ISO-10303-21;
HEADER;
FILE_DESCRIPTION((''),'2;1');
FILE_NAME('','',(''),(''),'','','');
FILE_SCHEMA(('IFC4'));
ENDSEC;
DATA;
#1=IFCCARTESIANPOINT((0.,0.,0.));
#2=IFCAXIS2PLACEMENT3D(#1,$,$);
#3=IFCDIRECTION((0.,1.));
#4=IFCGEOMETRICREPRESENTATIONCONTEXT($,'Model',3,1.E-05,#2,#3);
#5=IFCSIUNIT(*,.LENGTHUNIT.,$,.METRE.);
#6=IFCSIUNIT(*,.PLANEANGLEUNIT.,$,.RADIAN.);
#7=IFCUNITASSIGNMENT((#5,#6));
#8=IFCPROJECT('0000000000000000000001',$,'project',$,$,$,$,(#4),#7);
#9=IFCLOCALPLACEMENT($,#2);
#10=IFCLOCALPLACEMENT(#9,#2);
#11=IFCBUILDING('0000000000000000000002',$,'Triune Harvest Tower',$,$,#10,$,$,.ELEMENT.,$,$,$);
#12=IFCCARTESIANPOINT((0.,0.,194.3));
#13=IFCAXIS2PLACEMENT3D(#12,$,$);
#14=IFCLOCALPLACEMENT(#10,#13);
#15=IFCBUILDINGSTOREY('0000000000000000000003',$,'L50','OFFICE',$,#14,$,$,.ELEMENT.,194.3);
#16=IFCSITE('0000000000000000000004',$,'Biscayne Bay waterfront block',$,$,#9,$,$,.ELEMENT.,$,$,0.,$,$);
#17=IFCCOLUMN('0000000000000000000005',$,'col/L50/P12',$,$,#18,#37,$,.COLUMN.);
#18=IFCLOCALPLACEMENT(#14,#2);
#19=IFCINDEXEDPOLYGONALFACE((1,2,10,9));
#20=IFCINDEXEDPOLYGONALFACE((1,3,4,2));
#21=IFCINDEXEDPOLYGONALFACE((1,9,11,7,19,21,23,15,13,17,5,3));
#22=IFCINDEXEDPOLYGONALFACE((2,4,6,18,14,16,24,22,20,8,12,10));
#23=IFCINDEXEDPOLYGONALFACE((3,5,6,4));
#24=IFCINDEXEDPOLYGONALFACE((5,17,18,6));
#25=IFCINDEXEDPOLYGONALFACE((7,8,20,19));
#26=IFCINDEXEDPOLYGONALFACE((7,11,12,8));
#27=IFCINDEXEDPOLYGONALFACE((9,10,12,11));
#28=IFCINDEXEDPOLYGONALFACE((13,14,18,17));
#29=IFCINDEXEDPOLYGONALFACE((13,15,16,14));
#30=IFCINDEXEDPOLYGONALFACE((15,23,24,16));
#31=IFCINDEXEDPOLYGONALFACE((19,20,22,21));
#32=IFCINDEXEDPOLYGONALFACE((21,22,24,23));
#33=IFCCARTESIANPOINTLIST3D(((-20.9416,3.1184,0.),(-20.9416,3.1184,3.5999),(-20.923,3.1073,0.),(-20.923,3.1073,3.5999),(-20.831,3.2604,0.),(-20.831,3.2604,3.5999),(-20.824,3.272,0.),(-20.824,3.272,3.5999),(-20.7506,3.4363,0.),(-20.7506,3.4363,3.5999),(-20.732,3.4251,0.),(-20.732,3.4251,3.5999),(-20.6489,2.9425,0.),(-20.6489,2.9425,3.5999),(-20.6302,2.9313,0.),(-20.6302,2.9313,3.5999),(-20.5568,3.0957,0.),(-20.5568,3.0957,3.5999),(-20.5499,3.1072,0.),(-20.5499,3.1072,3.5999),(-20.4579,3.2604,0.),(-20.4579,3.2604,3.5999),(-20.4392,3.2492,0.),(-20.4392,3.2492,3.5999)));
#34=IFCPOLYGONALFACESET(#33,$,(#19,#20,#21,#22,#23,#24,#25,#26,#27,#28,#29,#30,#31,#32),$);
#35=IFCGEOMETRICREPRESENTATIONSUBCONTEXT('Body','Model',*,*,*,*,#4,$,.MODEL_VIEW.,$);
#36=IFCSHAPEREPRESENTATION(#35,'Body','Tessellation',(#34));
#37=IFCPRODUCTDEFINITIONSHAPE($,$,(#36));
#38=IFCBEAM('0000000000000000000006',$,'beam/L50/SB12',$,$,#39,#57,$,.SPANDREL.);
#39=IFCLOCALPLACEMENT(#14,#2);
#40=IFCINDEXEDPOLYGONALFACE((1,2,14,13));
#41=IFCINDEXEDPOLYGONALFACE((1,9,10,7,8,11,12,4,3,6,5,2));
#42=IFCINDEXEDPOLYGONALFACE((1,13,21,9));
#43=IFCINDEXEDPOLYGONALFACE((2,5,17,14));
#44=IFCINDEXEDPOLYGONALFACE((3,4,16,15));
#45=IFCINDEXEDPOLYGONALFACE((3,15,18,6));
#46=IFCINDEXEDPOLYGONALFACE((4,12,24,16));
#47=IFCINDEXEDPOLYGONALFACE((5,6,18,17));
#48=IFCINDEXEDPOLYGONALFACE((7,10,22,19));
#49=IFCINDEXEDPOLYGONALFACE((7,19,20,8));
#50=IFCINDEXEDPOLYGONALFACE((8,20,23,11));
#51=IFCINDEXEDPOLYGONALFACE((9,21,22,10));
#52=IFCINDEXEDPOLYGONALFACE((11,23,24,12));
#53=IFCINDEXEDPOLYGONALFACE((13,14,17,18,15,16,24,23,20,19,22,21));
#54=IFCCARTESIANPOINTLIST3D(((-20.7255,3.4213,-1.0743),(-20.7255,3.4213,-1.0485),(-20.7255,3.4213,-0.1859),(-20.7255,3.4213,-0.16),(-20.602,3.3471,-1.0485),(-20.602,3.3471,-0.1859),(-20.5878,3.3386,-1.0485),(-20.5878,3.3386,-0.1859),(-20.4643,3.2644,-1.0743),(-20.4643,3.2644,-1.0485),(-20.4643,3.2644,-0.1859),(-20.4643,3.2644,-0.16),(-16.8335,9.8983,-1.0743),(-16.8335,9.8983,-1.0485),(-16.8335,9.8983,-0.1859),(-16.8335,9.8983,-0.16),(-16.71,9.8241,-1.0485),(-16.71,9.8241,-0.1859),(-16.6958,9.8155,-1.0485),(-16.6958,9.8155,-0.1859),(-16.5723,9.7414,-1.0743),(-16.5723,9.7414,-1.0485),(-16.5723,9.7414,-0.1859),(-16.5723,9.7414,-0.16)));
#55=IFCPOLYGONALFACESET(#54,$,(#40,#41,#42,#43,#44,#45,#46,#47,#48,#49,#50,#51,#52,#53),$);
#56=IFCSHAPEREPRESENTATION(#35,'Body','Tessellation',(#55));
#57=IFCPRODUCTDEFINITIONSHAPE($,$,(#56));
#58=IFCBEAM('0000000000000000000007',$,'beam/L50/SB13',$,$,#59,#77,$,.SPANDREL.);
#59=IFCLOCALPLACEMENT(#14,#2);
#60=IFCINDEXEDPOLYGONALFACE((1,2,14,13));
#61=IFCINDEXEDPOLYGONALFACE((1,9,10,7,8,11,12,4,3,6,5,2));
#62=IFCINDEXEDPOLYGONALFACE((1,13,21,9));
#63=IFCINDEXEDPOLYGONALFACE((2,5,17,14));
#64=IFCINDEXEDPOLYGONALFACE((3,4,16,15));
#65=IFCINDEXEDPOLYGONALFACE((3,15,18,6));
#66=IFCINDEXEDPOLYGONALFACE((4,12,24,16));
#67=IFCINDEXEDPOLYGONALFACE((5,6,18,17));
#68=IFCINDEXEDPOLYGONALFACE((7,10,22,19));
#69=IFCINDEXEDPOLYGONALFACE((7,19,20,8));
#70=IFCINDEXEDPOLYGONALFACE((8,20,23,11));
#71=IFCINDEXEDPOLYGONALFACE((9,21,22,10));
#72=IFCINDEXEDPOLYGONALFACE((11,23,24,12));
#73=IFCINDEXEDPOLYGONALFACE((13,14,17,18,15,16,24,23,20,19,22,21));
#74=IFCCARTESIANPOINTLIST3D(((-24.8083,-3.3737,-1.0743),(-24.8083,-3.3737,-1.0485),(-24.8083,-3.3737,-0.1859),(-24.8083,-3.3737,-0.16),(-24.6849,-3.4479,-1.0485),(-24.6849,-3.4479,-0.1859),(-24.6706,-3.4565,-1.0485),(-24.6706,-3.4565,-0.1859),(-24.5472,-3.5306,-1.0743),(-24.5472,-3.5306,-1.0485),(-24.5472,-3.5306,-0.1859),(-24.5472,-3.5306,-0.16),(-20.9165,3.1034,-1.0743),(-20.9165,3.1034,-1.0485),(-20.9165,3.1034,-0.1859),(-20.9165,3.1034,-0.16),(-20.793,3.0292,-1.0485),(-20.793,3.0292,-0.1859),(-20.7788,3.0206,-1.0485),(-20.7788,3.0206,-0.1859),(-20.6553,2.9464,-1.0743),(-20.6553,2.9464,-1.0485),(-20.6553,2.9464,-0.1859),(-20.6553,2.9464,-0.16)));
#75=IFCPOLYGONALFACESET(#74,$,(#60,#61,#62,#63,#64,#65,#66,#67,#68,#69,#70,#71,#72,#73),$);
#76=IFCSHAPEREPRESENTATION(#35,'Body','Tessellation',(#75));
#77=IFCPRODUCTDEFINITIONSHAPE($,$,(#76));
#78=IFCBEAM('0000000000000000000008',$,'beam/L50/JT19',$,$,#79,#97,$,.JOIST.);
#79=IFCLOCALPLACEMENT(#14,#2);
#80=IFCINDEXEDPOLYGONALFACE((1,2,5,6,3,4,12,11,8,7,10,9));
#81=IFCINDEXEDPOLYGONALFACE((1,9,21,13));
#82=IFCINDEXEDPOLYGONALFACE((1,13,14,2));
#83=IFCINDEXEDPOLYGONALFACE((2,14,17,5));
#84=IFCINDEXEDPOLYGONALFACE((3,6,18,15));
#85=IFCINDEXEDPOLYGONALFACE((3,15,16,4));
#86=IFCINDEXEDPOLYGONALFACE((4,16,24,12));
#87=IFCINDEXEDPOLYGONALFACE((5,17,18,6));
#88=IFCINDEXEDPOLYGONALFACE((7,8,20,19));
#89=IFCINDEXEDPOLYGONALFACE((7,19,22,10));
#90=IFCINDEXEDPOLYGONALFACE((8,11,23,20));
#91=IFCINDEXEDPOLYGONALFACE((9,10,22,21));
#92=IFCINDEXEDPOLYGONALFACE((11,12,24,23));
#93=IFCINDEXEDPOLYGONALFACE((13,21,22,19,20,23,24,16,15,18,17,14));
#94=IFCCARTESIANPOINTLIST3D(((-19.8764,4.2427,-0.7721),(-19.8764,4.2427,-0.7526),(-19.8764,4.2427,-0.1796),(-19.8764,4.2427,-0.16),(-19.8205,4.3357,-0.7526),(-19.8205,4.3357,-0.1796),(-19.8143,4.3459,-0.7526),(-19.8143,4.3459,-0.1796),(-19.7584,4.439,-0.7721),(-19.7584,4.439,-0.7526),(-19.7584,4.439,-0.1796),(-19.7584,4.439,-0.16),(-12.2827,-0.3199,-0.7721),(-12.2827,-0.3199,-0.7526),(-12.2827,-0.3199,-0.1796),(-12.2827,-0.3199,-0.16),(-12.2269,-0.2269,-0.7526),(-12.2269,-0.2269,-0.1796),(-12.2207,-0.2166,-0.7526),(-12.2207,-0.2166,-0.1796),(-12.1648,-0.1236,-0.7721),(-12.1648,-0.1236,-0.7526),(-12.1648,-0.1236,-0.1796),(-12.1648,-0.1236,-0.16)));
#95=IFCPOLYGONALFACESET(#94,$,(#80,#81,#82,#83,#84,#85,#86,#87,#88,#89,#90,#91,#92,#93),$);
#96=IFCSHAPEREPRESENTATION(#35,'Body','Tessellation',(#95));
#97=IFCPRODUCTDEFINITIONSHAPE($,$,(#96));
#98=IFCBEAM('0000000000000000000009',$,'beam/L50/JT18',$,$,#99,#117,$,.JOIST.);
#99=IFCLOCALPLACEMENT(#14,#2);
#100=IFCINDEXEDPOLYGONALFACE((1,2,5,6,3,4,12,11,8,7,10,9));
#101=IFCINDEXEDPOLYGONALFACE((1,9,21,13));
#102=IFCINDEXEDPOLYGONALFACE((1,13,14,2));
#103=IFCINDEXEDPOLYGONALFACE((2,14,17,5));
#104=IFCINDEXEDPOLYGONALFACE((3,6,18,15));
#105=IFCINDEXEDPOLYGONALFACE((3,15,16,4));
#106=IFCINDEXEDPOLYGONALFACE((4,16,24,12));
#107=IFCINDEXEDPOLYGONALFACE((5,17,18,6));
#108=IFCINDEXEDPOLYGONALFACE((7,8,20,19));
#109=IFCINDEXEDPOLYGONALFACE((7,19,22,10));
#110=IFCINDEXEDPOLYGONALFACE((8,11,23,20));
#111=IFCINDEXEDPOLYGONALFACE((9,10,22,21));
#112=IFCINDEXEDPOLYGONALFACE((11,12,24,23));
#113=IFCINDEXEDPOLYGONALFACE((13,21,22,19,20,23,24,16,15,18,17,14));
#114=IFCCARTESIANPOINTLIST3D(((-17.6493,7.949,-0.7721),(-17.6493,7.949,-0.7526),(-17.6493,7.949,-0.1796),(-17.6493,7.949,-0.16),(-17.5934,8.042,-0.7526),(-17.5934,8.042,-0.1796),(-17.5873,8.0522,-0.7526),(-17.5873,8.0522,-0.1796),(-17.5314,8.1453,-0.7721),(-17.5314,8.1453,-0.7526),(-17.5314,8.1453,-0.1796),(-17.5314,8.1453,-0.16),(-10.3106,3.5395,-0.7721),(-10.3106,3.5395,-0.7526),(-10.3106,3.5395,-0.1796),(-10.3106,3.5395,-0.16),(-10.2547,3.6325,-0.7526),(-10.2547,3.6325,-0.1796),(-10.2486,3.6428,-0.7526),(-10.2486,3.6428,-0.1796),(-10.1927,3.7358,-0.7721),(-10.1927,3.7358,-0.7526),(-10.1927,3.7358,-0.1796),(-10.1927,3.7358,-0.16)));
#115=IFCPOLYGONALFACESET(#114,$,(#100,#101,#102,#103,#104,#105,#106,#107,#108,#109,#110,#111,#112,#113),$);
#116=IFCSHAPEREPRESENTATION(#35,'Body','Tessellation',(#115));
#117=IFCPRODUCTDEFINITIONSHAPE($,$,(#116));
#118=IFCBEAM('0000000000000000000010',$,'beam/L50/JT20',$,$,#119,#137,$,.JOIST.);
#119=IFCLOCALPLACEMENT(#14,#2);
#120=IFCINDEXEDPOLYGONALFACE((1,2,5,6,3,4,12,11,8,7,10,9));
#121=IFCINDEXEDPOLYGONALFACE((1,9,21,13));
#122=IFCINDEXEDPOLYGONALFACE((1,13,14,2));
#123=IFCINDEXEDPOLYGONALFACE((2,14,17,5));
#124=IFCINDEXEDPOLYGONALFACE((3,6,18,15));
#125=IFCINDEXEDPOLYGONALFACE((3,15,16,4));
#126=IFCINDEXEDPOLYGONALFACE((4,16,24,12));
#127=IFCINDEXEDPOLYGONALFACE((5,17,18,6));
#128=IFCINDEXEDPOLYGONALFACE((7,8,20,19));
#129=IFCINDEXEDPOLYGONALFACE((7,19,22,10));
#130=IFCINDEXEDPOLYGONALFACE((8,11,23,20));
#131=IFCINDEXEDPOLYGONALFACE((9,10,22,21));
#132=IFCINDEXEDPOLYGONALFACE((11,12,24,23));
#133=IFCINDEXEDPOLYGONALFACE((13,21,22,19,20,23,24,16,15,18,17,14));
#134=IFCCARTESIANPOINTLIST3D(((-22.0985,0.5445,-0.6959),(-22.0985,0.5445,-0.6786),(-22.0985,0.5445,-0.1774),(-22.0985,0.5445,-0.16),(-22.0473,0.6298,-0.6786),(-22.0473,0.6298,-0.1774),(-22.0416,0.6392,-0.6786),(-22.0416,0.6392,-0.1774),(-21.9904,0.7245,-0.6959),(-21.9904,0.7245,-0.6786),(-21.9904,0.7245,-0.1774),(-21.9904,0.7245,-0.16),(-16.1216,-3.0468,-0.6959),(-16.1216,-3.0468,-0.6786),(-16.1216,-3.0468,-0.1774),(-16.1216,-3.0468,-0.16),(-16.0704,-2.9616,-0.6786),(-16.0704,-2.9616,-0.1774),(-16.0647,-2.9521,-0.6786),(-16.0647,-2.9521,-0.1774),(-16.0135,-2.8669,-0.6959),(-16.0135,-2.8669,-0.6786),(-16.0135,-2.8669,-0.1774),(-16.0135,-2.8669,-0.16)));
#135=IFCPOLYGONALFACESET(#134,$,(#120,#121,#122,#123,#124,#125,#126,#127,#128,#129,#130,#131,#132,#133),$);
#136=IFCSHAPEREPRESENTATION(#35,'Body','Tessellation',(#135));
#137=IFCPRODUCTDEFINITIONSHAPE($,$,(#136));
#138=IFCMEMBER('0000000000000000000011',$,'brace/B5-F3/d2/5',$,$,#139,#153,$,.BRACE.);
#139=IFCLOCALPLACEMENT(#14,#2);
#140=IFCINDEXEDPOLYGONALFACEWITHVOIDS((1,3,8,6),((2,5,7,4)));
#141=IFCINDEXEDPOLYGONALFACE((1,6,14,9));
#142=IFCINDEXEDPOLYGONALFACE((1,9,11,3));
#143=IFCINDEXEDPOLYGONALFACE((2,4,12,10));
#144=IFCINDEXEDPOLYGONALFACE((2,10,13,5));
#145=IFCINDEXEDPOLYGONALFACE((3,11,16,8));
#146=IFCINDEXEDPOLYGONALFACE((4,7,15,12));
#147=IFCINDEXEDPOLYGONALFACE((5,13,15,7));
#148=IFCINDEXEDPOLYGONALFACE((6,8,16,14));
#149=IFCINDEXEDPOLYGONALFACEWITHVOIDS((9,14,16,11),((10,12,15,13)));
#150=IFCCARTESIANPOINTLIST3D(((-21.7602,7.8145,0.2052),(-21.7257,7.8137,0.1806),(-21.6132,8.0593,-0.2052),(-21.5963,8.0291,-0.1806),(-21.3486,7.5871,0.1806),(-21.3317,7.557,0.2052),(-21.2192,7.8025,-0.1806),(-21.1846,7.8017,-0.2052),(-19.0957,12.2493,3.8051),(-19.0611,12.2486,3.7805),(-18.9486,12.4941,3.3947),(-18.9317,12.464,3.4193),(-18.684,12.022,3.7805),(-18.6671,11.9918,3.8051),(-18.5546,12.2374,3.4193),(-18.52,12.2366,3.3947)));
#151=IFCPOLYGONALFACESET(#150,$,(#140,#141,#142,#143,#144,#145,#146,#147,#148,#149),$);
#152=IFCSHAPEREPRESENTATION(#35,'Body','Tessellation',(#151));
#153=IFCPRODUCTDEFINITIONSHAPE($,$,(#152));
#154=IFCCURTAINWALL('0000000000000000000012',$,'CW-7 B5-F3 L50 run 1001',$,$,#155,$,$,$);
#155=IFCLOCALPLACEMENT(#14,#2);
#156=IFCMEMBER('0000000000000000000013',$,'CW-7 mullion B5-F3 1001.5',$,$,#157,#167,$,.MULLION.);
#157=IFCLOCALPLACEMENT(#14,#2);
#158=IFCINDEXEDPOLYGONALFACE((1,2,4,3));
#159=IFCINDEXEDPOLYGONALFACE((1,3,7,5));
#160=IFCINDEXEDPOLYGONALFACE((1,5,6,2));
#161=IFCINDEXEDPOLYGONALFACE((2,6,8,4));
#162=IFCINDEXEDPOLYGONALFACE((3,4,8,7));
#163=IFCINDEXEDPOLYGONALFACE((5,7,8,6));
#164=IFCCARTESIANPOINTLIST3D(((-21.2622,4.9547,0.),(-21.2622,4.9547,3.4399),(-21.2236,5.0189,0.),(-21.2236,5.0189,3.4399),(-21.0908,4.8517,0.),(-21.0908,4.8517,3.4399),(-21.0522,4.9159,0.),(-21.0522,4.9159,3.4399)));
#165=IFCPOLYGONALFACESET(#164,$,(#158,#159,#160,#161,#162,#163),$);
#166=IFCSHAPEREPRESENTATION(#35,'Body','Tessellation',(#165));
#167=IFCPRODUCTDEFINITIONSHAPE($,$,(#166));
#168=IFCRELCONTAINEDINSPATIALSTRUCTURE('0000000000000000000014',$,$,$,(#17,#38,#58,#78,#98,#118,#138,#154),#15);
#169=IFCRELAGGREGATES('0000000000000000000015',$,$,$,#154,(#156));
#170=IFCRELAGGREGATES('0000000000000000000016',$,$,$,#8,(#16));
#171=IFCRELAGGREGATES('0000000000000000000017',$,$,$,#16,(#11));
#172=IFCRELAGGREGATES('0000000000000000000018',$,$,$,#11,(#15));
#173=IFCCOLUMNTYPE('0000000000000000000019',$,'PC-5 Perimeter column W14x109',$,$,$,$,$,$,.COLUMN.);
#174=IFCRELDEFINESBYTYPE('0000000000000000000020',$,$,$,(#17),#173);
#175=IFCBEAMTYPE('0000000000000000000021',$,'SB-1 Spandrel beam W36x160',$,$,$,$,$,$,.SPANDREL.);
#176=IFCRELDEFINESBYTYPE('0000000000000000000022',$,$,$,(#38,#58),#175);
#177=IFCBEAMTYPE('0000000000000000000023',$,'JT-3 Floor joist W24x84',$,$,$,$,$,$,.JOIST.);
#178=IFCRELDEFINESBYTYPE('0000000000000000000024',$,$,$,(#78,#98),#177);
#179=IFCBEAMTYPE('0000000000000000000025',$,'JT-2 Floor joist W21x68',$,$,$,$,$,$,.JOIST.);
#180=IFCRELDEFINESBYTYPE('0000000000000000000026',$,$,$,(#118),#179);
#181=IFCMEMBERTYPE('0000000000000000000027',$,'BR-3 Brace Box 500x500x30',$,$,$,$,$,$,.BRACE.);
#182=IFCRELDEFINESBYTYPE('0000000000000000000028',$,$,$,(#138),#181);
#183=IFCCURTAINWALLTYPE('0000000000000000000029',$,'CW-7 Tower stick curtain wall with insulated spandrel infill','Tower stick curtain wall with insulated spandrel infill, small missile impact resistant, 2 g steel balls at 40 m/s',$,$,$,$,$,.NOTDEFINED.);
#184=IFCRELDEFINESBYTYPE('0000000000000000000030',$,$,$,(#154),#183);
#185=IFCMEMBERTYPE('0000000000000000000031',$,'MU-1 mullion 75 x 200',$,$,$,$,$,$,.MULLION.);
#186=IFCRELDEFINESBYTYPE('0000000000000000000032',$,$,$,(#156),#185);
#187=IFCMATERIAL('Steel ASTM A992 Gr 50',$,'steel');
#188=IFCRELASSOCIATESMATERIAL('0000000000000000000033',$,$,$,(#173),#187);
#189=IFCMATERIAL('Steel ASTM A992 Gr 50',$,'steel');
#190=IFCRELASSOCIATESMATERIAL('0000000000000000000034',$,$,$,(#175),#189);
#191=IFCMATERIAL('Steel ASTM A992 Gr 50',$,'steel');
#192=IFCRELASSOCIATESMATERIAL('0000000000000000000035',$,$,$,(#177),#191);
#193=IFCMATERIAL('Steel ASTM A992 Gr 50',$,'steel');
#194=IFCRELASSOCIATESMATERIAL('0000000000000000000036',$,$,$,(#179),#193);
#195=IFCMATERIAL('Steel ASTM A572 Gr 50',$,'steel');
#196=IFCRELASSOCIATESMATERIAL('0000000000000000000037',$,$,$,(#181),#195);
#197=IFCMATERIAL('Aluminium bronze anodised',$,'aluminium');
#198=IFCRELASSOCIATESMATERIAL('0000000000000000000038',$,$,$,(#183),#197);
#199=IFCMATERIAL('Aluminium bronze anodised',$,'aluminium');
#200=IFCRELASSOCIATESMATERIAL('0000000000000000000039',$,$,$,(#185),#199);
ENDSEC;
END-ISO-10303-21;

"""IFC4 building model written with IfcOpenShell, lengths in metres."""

from ifc_helpers import new_model, si_unit, direction, frame, origin, origin_2d, place, context, subcontext, project, spatial, rectangle, hollow_rectangle, i_section, extrude, source, transform, mapped, material, material_profile, profile_set, type_object, element, aggregate, save


model = new_model("IFC4")

# Units and contexts
model_context = context("Model", 3, precision=1e-05, world=origin(), true_north=direction((0.0, 1.0)))
body_context = subcontext(model_context, "Body", "Model", "MODEL_VIEW")
ifc_project = project(units=[si_unit("LENGTHUNIT", "METRE"), si_unit("PLANEANGLEUNIT", "RADIAN")], contexts=[model_context])

# Site, building, storey
site_placement = place(None, origin())
site = spatial("IfcSite", under=ifc_project, at=site_placement, Name="Biscayne Bay waterfront block", CompositionType="ELEMENT", RefElevation=0.0)
building_placement = place(site_placement, origin())
building = spatial("IfcBuilding", under=site, at=building_placement, Name="Triune Harvest Tower", CompositionType="ELEMENT")
storey_placement = place(building_placement, frame((0.0, 0.0, 194.3)))
storey = spatial("IfcBuildingStorey", under=building, at=storey_placement, Name="L50", Description="OFFICE", CompositionType="ELEMENT", Elevation=194.3)

# Column
ifc_material_1 = material(Name="Steel ASTM A992 Gr 50", Category="steel")
ifc_material_profile_1 = material_profile(ifc_material_1, i_section(OverallWidth=0.3708, OverallDepth=0.3633, WebThickness=0.0134, FlangeThickness=0.0217, at=origin_2d()), Name="W14x109")
ifc_profile_set_1 = profile_set([ifc_material_profile_1], Name="Steel ASTM A992 Gr 50")
column_type = type_object("IfcColumnType", Name="PC-5 Perimeter column W14x109", PredefinedType="COLUMN", material=ifc_profile_set_1)
shared_shape_1 = source(origin(), body_context, "Body", "SweptSolid", [
    extrude(i_section(OverallWidth=0.3708, OverallDepth=0.3633, WebThickness=0.0134, FlangeThickness=0.0217, at=origin_2d()), origin(), (0.0, 0.0, 1.0), 3.5999),
])
column_placement = place(storey_placement, frame((-20.6904, 3.1838, 0.0), z_axis=(0.0, 0.0, 1.0), x_axis=(-0.515037, -0.857168, 0.0)))
element("IfcColumn", 1, at=column_placement, inside=storey, type_object=column_type, Name="col/L50/P12", PredefinedType="COLUMN", context=body_context, shape_type="MappedRepresentation", body=[
    mapped(shared_shape_1, transform((0.0, 0.0, 0.0), scale=1.0)),
])

# Beams
ifc_material_2 = material(Name="Steel ASTM A992 Gr 50", Category="steel")
ifc_material_profile_2 = material_profile(ifc_material_2, i_section(OverallWidth=0.3047, OverallDepth=0.9143, WebThickness=0.0166, FlangeThickness=0.0259, at=origin_2d()), Name="W36x160")
ifc_profile_set_2 = profile_set([ifc_material_profile_2], Name="Steel ASTM A992 Gr 50")
beam_type_1 = type_object("IfcBeamType", Name="SB-1 Spandrel beam W36x160", PredefinedType="SPANDREL", material=ifc_profile_set_2)
shared_shape_2 = source(origin(), body_context, "Body", "SweptSolid", [
    extrude(i_section(OverallWidth=0.3047, OverallDepth=0.9143, WebThickness=0.0166, FlangeThickness=0.0259, at=origin_2d()), origin(), (0.0, 0.0, 1.0), 7.5564),
])
for number, where, z_axis, x_axis, name in (
    (2, (-16.7029, 9.8198, -0.6172), (-0.515066, -0.857151, 0.0), (0.857151, -0.515066, 0.0), "beam/L50/SB12"),
    (3, (-20.7859, 3.0249, -0.6172), (-0.515042, -0.857165, 0.0), (0.857165, -0.515042, 0.0), "beam/L50/SB13"),
):
    element("IfcBeam", number, at=place(storey_placement, frame(where, z_axis=z_axis, x_axis=x_axis)), inside=storey, type_object=beam_type_1, Name=name, PredefinedType="SPANDREL", context=body_context, shape_type="MappedRepresentation", body=[
        mapped(shared_shape_2, transform((0.0, 0.0, 0.0), scale=1.0)),
    ])
ifc_material_3 = material(Name="Steel ASTM A992 Gr 50", Category="steel")
ifc_material_profile_3 = material_profile(ifc_material_3, i_section(OverallWidth=0.229, OverallDepth=0.6121, WebThickness=0.012, FlangeThickness=0.0195, at=origin_2d()), Name="W24x84")
ifc_profile_set_3 = profile_set([ifc_material_profile_3], Name="Steel ASTM A992 Gr 50")
beam_type_2 = type_object("IfcBeamType", Name="JT-3 Floor joist W24x84", PredefinedType="JOIST", material=ifc_profile_set_3)
shared_shape_3 = source(origin(), body_context, "Body", "SweptSolid", [
    extrude(i_section(OverallWidth=0.229, OverallDepth=0.6121, WebThickness=0.012, FlangeThickness=0.0195, at=origin_2d()), origin(), (0.0, 0.0, 1.0), 8.8589),
])
beam_1_placement = place(storey_placement, frame((-19.8174, 4.3408, -0.4661), z_axis=(0.857174, -0.515027, 0.0), x_axis=(0.515027, 0.857174, 0.0)))
element("IfcBeam", 4, at=beam_1_placement, inside=storey, type_object=beam_type_2, Name="beam/L50/JT19", PredefinedType="JOIST", context=body_context, shape_type="MappedRepresentation", body=[
    mapped(shared_shape_3, transform((0.0, 0.0, 0.0), scale=1.0)),
])
shared_shape_4 = source(origin(), body_context, "Body", "SweptSolid", [
    extrude(i_section(OverallWidth=0.229, OverallDepth=0.6121, WebThickness=0.012, FlangeThickness=0.0195, at=origin_2d()), origin(), (0.0, 0.0, 1.0), 8.5615),
])
beam_2_placement = place(storey_placement, frame((-17.5903, 8.0471, -0.4661), z_axis=(0.857171, -0.515032, 0.0), x_axis=(0.515032, 0.857171, 0.0)))
element("IfcBeam", 5, at=beam_2_placement, inside=storey, type_object=beam_type_2, Name="beam/L50/JT18", PredefinedType="JOIST", context=body_context, shape_type="MappedRepresentation", body=[
    mapped(shared_shape_4, transform((0.0, 0.0, 0.0), scale=1.0)),
])
ifc_material_4 = material(Name="Steel ASTM A992 Gr 50", Category="steel")
ifc_material_profile_4 = material_profile(ifc_material_4, i_section(OverallWidth=0.21, OverallDepth=0.5359, WebThickness=0.011, FlangeThickness=0.0173, at=origin_2d()), Name="W21x68")
ifc_profile_set_4 = profile_set([ifc_material_profile_4], Name="Steel ASTM A992 Gr 50")
beam_type_3 = type_object("IfcBeamType", Name="JT-2 Floor joist W21x68", PredefinedType="JOIST", material=ifc_profile_set_4)
shared_shape_5 = source(origin(), body_context, "Body", "SweptSolid", [
    extrude(i_section(OverallWidth=0.21, OverallDepth=0.5359, WebThickness=0.011, FlangeThickness=0.0173, at=origin_2d()), origin(), (0.0, 0.0, 1.0), 6.9729),
])
beam_3_placement = place(storey_placement, frame((-22.0444, 0.6345, -0.428), z_axis=(0.857162, -0.515047, 0.0), x_axis=(0.515047, 0.857162, 0.0)))
element("IfcBeam", 6, at=beam_3_placement, inside=storey, type_object=beam_type_3, Name="beam/L50/JT20", PredefinedType="JOIST", context=body_context, shape_type="MappedRepresentation", body=[
    mapped(shared_shape_5, transform((0.0, 0.0, 0.0), scale=1.0)),
])

# Member
ifc_material_5 = material(Name="Steel ASTM A572 Gr 50", Category="steel")
ifc_material_profile_5 = material_profile(ifc_material_5, hollow_rectangle(XDim=0.5, YDim=0.5, WallThickness=0.03, at=origin_2d()), Name="Box 500x500x30")
ifc_profile_set_5 = profile_set([ifc_material_profile_5], Name="Steel ASTM A572 Gr 50")
member_type_1 = type_object("IfcMemberType", Name="BR-3 Brace Box 500x500x30", PredefinedType="BRACE", material=ifc_profile_set_5)
shared_shape_6 = source(origin(), body_context, "Body", "SweptSolid", [
    extrude(hollow_rectangle(XDim=0.5, YDim=0.5, WallThickness=0.03, at=origin_2d()), origin(), (0.0, 0.0, 1.0), 6.303),
])
member_1_placement = place(storey_placement, frame((-21.4724, 7.8081, 0.0), z_axis=(0.422751, 0.703617, 0.571144), x_axis=(-0.85718, 0.515016, 0.0)))
element("IfcMember", 7, at=member_1_placement, inside=storey, type_object=member_type_1, Name="brace/B5-F3/d2/5", PredefinedType="BRACE", context=body_context, shape_type="MappedRepresentation", body=[
    mapped(shared_shape_6, transform((0.0, 0.0, 0.0), scale=1.0)),
])

# Curtain wall, member
ifc_material_6 = material(Name="Aluminium bronze anodised", Category="aluminium")
curtain_wall_type_1 = type_object("IfcCurtainWallType", Name="CW-7 Tower stick curtain wall with insulated spandrel infill", Description="Tower stick curtain wall with insulated spandrel infill, small missile impact resistant, 2 g steel balls at 40 m/s", PredefinedType="NOTDEFINED", material=ifc_material_6)
curtain_wall_1_placement = place(storey_placement, origin())
curtain_wall_1 = element("IfcCurtainWall", 8, at=curtain_wall_1_placement, inside=storey, type_object=curtain_wall_type_1, Name="CW-7 B5-F3 L50 run 1001")
ifc_material_7 = material(Name="Aluminium bronze anodised", Category="aluminium")
ifc_material_profile_6 = material_profile(ifc_material_7, rectangle(XDim=0.2, YDim=0.075, at=origin_2d()), Name="MU-1 mullion 75 x 200")
ifc_profile_set_6 = profile_set([ifc_material_profile_6], Name="Aluminium bronze anodised")
member_type_2 = type_object("IfcMemberType", Name="MU-1 mullion 75 x 200", PredefinedType="MULLION", material=ifc_profile_set_6)
shared_shape_7 = source(origin(), body_context, "Body", "SweptSolid", [
    extrude(rectangle(XDim=0.2, YDim=0.075, at=origin_2d()), origin(), (0.0, 0.0, 1.0), 3.4399),
])
member_2_placement = place(storey_placement, frame((-21.1572, 4.9353, 0.0), z_axis=(0.0, 0.0, 1.0), x_axis=(0.857167, -0.515039, 0.0)))
member_2 = element("IfcMember", 9, at=member_2_placement, type_object=member_type_2, Name="CW-7 mullion B5-F3 1001.5", PredefinedType="MULLION", context=body_context, shape_type="MappedRepresentation", body=[
    mapped(shared_shape_7, transform((0.0, 0.0, 0.0), scale=1.0)),
])

aggregate(curtain_wall_1, [member_2])

save(model, "model.ifc")
